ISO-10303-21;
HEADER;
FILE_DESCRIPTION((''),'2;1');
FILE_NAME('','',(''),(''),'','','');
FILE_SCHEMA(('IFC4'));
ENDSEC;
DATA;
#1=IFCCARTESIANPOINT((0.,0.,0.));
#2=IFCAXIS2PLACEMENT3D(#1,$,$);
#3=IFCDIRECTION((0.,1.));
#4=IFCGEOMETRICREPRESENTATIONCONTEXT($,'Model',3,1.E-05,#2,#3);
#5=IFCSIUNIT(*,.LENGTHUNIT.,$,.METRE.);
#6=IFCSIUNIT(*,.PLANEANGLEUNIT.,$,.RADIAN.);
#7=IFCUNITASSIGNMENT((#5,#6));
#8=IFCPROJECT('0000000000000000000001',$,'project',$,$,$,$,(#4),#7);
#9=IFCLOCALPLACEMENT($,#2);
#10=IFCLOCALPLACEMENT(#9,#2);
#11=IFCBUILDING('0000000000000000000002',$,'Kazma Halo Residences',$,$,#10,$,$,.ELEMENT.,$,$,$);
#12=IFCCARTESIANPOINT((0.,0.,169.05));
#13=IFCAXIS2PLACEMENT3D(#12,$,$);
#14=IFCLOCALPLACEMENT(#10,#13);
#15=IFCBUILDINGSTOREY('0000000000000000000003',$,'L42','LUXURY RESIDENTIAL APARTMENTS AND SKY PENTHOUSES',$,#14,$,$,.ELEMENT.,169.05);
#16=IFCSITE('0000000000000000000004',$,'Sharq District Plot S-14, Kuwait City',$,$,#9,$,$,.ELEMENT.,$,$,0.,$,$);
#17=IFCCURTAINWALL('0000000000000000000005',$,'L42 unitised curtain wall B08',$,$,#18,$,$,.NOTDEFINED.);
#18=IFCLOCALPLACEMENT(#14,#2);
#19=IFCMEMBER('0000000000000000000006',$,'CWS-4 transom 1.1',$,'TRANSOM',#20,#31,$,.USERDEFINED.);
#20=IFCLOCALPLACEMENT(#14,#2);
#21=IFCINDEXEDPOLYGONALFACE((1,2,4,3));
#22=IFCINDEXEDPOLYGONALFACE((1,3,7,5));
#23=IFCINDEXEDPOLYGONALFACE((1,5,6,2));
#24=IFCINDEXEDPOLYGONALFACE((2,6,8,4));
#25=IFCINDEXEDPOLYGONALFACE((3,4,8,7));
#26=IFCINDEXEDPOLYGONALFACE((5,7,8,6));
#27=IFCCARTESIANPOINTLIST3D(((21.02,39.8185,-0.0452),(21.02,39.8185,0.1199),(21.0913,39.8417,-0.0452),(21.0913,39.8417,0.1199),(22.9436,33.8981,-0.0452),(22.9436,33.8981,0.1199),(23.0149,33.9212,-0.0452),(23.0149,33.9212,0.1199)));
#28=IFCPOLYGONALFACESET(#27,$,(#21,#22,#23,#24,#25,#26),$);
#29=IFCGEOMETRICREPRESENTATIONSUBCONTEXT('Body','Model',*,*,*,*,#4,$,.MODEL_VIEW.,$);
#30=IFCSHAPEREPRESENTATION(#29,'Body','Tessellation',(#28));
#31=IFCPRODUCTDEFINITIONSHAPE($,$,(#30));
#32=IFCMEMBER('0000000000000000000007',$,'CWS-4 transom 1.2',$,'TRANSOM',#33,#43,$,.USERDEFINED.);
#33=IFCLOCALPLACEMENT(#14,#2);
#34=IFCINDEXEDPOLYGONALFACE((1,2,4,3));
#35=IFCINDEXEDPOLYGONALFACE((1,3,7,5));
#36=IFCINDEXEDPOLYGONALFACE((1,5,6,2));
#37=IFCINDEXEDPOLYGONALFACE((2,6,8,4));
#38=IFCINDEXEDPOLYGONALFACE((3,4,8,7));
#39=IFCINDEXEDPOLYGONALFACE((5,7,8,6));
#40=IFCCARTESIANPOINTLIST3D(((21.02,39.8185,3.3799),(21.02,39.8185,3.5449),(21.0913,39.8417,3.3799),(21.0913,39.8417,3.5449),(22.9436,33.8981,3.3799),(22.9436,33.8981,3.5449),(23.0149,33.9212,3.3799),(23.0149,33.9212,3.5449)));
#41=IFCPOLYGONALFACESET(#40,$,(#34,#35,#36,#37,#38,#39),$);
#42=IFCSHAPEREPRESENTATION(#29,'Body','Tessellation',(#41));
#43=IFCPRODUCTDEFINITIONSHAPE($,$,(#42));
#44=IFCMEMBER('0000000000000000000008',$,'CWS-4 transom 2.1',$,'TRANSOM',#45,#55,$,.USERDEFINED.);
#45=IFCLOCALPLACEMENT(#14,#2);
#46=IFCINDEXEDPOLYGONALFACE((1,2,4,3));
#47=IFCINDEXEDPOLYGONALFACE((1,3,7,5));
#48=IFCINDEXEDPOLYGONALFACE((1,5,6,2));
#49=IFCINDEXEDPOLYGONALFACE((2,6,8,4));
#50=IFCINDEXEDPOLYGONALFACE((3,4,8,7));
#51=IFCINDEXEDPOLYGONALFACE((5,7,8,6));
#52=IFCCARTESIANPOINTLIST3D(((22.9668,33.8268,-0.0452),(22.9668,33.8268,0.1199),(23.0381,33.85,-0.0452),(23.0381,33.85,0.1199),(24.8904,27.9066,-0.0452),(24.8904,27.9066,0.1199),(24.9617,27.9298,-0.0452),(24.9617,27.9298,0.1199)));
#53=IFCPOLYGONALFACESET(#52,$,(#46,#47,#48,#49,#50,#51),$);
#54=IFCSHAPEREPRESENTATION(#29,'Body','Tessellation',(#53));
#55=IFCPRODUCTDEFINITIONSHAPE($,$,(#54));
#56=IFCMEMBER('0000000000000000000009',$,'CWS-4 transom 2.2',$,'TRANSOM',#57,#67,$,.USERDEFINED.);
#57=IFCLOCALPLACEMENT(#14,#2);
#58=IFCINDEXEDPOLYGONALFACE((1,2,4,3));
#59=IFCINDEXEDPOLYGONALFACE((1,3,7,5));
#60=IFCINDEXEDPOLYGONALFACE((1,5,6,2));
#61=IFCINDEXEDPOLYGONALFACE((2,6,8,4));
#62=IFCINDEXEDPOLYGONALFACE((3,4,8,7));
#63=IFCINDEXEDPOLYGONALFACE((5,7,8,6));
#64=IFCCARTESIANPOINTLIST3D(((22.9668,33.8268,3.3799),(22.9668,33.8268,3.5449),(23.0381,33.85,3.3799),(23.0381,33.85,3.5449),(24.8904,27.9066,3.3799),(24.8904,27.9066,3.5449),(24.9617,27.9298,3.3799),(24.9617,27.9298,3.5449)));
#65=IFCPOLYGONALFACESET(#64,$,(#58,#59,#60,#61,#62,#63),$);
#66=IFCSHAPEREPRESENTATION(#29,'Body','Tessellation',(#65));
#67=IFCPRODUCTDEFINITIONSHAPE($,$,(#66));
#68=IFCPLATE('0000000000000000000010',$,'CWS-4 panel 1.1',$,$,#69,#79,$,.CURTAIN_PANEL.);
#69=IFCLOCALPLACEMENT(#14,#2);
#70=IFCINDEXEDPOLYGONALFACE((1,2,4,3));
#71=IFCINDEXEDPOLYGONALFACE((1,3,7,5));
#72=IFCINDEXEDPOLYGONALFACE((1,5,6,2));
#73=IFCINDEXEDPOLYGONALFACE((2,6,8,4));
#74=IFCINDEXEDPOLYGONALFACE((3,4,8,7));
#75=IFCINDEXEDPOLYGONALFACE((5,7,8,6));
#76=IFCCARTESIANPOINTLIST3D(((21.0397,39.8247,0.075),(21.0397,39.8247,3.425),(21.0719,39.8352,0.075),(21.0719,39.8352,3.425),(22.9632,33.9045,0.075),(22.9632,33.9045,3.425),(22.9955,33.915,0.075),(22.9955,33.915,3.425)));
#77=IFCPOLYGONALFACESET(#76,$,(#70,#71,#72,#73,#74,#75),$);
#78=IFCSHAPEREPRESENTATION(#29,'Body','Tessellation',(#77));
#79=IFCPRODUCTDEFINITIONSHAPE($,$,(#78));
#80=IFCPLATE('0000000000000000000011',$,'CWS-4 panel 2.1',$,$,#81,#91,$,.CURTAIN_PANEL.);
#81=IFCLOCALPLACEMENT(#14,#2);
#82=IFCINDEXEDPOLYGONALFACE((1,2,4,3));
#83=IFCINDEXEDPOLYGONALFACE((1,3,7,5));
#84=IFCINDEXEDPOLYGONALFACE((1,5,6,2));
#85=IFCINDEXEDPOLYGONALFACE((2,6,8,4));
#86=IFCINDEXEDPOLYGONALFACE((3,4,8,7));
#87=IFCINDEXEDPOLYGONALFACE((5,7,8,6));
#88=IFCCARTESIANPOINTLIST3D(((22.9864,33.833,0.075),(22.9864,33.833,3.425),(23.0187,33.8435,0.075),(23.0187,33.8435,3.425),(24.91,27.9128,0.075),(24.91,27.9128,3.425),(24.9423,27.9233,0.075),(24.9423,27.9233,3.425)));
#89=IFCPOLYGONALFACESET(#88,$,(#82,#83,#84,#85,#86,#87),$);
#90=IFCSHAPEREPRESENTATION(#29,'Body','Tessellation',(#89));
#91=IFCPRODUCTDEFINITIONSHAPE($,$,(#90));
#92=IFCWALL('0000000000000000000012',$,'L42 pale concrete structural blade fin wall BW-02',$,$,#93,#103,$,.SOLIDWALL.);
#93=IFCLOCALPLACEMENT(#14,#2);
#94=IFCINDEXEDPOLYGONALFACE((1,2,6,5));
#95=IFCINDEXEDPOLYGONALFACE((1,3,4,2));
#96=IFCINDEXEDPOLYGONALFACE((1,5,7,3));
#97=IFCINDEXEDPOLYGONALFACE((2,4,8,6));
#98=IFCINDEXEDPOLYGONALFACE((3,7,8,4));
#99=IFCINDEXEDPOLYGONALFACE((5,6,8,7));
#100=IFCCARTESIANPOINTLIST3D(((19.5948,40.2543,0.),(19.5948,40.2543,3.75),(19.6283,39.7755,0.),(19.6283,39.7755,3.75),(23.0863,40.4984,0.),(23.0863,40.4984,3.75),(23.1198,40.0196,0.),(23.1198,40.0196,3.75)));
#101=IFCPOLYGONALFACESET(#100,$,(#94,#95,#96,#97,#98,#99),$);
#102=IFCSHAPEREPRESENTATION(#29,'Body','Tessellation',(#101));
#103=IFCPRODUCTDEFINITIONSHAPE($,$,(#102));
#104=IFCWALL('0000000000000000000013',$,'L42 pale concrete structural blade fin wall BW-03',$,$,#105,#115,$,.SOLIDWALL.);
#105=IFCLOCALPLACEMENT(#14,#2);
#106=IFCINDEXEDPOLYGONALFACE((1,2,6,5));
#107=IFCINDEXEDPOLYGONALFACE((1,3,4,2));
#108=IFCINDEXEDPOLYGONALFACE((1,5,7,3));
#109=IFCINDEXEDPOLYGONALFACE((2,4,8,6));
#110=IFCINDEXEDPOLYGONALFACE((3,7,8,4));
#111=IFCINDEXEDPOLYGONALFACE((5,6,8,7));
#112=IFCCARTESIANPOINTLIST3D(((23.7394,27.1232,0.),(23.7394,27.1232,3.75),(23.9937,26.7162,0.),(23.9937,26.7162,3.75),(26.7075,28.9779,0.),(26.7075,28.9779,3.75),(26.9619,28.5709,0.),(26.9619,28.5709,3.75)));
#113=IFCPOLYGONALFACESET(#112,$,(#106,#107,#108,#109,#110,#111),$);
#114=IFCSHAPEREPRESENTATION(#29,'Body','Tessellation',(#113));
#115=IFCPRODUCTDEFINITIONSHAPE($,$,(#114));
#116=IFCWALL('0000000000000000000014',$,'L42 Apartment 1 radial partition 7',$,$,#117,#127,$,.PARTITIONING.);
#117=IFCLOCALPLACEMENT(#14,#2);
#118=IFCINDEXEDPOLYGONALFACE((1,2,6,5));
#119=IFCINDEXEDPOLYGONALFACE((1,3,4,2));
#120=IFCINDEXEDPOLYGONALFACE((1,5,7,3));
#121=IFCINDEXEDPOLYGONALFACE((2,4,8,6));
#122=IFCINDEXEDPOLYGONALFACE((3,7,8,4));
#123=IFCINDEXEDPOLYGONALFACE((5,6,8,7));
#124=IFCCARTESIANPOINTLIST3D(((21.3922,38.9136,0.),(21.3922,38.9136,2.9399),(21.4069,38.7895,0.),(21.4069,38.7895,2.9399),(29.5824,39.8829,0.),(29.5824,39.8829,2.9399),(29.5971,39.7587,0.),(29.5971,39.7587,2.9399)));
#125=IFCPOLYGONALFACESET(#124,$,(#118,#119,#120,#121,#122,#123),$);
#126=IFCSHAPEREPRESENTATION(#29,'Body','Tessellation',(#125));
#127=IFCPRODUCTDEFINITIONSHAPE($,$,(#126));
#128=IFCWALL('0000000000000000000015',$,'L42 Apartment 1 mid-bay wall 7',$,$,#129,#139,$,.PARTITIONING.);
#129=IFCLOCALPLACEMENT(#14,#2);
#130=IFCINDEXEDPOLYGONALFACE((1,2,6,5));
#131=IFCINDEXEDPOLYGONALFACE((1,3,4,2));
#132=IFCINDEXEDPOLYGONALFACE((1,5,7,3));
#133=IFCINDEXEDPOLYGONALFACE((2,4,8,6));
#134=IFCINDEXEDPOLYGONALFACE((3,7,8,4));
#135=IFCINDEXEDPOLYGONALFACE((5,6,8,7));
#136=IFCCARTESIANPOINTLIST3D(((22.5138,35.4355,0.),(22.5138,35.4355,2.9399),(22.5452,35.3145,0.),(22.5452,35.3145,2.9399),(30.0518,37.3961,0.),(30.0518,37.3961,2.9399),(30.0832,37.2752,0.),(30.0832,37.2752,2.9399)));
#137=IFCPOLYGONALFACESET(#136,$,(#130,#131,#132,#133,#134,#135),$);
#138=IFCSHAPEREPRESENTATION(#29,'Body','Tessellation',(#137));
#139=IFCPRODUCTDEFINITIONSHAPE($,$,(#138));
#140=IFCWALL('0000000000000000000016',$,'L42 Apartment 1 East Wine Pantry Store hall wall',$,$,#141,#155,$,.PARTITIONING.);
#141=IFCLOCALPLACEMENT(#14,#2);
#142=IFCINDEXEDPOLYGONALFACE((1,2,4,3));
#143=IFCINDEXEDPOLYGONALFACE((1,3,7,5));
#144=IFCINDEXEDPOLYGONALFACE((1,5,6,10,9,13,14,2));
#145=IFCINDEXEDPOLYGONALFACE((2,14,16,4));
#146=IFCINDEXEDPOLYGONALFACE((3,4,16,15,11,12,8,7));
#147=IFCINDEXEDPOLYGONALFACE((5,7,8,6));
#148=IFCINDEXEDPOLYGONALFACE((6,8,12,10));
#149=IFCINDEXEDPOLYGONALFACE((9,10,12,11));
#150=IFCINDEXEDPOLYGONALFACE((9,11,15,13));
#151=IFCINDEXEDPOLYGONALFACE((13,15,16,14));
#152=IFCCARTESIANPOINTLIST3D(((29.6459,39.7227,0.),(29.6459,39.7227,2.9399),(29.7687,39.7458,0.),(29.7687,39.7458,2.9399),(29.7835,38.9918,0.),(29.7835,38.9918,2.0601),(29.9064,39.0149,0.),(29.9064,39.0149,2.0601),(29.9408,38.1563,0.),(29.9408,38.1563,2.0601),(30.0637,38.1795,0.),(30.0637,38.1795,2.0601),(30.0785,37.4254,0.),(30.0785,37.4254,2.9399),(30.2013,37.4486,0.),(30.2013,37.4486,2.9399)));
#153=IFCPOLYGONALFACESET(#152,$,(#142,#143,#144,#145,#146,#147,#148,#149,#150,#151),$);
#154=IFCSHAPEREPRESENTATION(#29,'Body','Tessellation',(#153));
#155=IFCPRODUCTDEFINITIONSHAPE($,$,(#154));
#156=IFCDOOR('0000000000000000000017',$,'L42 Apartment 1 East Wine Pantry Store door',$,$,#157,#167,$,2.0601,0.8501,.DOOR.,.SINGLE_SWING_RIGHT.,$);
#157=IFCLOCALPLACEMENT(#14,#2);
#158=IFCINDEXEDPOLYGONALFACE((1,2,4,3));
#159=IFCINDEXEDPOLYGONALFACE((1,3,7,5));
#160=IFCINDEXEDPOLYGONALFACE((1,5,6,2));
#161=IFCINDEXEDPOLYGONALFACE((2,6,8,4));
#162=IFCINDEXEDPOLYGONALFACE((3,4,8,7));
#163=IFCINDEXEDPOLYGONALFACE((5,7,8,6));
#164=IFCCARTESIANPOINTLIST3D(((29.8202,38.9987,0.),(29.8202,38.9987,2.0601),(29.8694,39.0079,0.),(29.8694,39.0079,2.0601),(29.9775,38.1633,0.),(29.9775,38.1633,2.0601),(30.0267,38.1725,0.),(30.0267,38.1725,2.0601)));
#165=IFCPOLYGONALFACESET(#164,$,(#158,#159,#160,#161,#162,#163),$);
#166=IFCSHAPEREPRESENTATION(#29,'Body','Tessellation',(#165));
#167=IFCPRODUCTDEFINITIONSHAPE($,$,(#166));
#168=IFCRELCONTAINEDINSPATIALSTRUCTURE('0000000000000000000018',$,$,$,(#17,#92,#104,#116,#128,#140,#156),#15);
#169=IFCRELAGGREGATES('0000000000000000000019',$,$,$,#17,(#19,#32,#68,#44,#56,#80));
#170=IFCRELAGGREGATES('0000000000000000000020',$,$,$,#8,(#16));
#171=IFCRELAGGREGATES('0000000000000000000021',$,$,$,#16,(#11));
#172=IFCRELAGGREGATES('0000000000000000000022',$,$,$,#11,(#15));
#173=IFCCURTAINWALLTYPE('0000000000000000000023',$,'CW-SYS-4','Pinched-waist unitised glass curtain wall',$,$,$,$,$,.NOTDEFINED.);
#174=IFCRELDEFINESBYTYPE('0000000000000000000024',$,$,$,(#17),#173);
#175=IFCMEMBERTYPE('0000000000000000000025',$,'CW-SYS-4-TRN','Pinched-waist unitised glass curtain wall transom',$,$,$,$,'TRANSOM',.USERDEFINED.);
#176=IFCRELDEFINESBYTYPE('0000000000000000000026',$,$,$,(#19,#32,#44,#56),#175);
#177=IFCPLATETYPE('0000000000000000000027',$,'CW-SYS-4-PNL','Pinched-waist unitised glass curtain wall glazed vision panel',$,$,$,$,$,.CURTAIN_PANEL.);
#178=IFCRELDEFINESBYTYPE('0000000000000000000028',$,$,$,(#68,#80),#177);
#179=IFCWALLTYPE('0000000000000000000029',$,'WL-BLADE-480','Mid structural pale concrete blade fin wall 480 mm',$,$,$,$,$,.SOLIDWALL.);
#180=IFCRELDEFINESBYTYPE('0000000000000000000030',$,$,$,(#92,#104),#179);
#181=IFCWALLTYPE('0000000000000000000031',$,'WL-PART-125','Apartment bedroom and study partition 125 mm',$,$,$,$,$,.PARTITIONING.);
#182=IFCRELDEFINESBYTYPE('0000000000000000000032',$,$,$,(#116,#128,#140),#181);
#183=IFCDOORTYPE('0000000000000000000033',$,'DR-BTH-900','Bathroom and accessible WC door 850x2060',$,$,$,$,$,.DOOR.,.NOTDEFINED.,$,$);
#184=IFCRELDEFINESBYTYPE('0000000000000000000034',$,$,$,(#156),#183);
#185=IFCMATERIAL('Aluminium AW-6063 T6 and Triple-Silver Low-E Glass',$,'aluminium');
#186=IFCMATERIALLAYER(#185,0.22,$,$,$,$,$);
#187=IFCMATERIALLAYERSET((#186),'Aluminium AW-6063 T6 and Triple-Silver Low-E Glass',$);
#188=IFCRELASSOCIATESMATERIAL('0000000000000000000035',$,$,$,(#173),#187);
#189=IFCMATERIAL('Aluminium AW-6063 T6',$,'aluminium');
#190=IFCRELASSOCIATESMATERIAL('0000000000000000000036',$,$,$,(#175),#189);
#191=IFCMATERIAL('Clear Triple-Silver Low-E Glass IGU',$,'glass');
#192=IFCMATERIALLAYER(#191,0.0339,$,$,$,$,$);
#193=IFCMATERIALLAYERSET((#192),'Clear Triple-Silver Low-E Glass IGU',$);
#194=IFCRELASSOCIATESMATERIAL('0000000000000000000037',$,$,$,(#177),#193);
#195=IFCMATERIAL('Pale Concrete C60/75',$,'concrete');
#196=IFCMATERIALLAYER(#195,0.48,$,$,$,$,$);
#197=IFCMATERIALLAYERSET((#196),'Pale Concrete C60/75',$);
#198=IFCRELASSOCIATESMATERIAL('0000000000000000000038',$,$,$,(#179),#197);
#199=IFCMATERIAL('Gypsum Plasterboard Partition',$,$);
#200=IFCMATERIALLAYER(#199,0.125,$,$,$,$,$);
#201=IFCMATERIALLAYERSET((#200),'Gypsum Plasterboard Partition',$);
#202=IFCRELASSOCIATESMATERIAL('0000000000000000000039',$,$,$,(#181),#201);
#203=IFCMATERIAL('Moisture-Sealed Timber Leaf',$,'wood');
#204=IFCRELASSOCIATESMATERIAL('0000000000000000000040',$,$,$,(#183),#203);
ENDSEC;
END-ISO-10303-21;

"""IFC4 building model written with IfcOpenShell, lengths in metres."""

from ifc_helpers import new_model, si_unit, direction, frame, frame_2d, origin, origin_2d, place, context, subcontext, project, spatial, rectangle, extrude, material, layer, layer_set, material_profile, profile_set, type_object, element, fill, aggregate, save


model = new_model("IFC4")

# Units and contexts
model_context = context("Model", 3, precision=1e-05, world=origin(), true_north=direction((0.0, 1.0)))
body_context = subcontext(model_context, "Body", "Model", "MODEL_VIEW")
ifc_project = project(units=[si_unit("LENGTHUNIT", "METRE"), si_unit("PLANEANGLEUNIT", "RADIAN")], contexts=[model_context])

# Site, building, storey
site_placement = place(None, origin())
site = spatial("IfcSite", under=ifc_project, at=site_placement, Name="Sharq District Plot S-14, Kuwait City", CompositionType="ELEMENT", RefElevation=0.0)
building_placement = place(site_placement, origin())
building = spatial("IfcBuilding", under=site, at=building_placement, Name="Kazma Halo Residences", CompositionType="ELEMENT")
storey_placement = place(building_placement, frame((0.0, 0.0, 169.05)))
storey = spatial("IfcBuildingStorey", under=building, at=storey_placement, Name="L42", Description="LUXURY RESIDENTIAL APARTMENTS AND SKY PENTHOUSES", CompositionType="ELEMENT", Elevation=169.05)

# Shared definitions
ifc_material_1 = material(Name="Aluminium AW-6063 T6 and Triple-Silver Low-E Glass", Category="aluminium")
ifc_layer_1 = layer(ifc_material_1, 0.22)
ifc_layer_set_1 = layer_set([ifc_layer_1], Name="Aluminium AW-6063 T6 and Triple-Silver Low-E Glass")
curtain_wall_type = type_object("IfcCurtainWallType", Name="CW-SYS-4", Description="Pinched-waist unitised glass curtain wall", PredefinedType="NOTDEFINED", material=ifc_layer_set_1)
ifc_material_2 = material(Name="Aluminium AW-6063 T6", Category="aluminium")

# Curtain wall, members, plates
curtain_wall_1_placement = place(storey_placement, origin())
curtain_wall_1 = element("IfcCurtainWall", 1, at=curtain_wall_1_placement, inside=storey, type_object=curtain_wall_type, Name="L42 unitised curtain wall B08", PredefinedType="NOTDEFINED")
ifc_material_profile_1 = material_profile(ifc_material_2, rectangle(XDim=0.075, YDim=0.165, at=origin_2d()), Name="CWT-75x165")
ifc_profile_set_1 = profile_set([ifc_material_profile_1], Name="Aluminium AW-6063 T6")
member_type_1 = type_object("IfcMemberType", Name="CW-SYS-4-TRN", Description="Pinched-waist unitised glass curtain wall transom", ElementType="TRANSOM", PredefinedType="USERDEFINED", material=ifc_profile_set_1)
member_1_placement = place(storey_placement, frame((21.0557, 39.8301, 0.0374), z_axis=(0.309006, -0.95106, 0.0), x_axis=(0.95106, 0.309006, 0.0)))
member_1 = element("IfcMember", 2, at=member_1_placement, type_object=member_type_1, Name="CWS-4 transom 1.1", ObjectType="TRANSOM", PredefinedType="USERDEFINED", context=body_context, shape_type="SweptSolid", body=[
    extrude(rectangle(XDim=0.075, YDim=0.165, at=origin_2d()), origin(), (0.0, 0.0, 1.0), 6.2251),
])
member_2_placement = place(storey_placement, frame((21.0557, 39.8301, 3.4624), z_axis=(0.309006, -0.95106, 0.0), x_axis=(0.95106, 0.309006, 0.0)))
member_2 = element("IfcMember", 3, at=member_2_placement, type_object=member_type_1, Name="CWS-4 transom 1.2", ObjectType="TRANSOM", PredefinedType="USERDEFINED", context=body_context, shape_type="SweptSolid", body=[
    extrude(rectangle(XDim=0.075, YDim=0.165, at=origin_2d()), origin(), (0.0, 0.0, 1.0), 6.2251),
])
member_3_placement = place(storey_placement, frame((23.0024, 33.8384, 0.0374), z_axis=(0.309018, -0.951056, 0.0), x_axis=(0.951056, 0.309018, 0.0)))
member_3 = element("IfcMember", 4, at=member_3_placement, type_object=member_type_1, Name="CWS-4 transom 2.1", ObjectType="TRANSOM", PredefinedType="USERDEFINED", context=body_context, shape_type="SweptSolid", body=[
    extrude(rectangle(XDim=0.075, YDim=0.165, at=origin_2d()), origin(), (0.0, 0.0, 1.0), 6.2249),
])
member_4_placement = place(storey_placement, frame((23.0024, 33.8384, 3.4624), z_axis=(0.309018, -0.951056, 0.0), x_axis=(0.951056, 0.309018, 0.0)))
member_4 = element("IfcMember", 5, at=member_4_placement, type_object=member_type_1, Name="CWS-4 transom 2.2", ObjectType="TRANSOM", PredefinedType="USERDEFINED", context=body_context, shape_type="SweptSolid", body=[
    extrude(rectangle(XDim=0.075, YDim=0.165, at=origin_2d()), origin(), (0.0, 0.0, 1.0), 6.2249),
])
ifc_material_3 = material(Name="Clear Triple-Silver Low-E Glass IGU", Category="glass")
ifc_layer_2 = layer(ifc_material_3, 0.0339)
ifc_layer_set_2 = layer_set([ifc_layer_2], Name="Clear Triple-Silver Low-E Glass IGU")
plate_type = type_object("IfcPlateType", Name="CW-SYS-4-PNL", Description="Pinched-waist unitised glass curtain wall glazed vision panel", PredefinedType="CURTAIN_PANEL", material=ifc_layer_set_2)
plate_1_placement = place(storey_placement, frame((22.0176, 36.8699, 0.075), z_axis=(0.0, 0.0, 1.0), x_axis=(0.309014, -0.951058, 0.0)))
plate_1 = element("IfcPlate", 6, at=plate_1_placement, type_object=plate_type, Name="CWS-4 panel 1.1", PredefinedType="CURTAIN_PANEL", context=body_context, shape_type="SweptSolid", body=[
    extrude(rectangle(XDim=6.2249, YDim=0.0339, at=origin_2d()), origin(), (0.0, 0.0, 1.0), 3.3501),
])
plate_2_placement = place(storey_placement, frame((23.9644, 30.8782, 0.075), z_axis=(0.0, 0.0, 1.0), x_axis=(0.309014, -0.951058, 0.0)))
plate_2 = element("IfcPlate", 7, at=plate_2_placement, type_object=plate_type, Name="CWS-4 panel 2.1", PredefinedType="CURTAIN_PANEL", context=body_context, shape_type="SweptSolid", body=[
    extrude(rectangle(XDim=6.2249, YDim=0.0339, at=origin_2d()), origin(), (0.0, 0.0, 1.0), 3.3501),
])
aggregate(curtain_wall_1, [member_1, member_2, plate_1, member_3, member_4, plate_2])

# Walls
ifc_material_4 = material(Name="Pale Concrete C60/75", Category="concrete")
ifc_layer_3 = layer(ifc_material_4, 0.48)
ifc_layer_set_3 = layer_set([ifc_layer_3], Name="Pale Concrete C60/75")
wall_type_1 = type_object("IfcWallType", Name="WL-BLADE-480", Description="Mid structural pale concrete blade fin wall 480 mm", PredefinedType="SOLIDWALL", material=ifc_layer_set_3)
for number, where, z_axis, x_axis, name in (
    (8, (23.103, 40.259, 0.0), (0.0, 0.0, 1.0), (-0.997564, -0.069755, 0.0), "L42 pale concrete structural blade fin wall BW-02"),
    (9, (26.8347, 28.7744, 0.0), (0.0, 0.0, 1.0), (-0.848053, -0.529911, 0.0), "L42 pale concrete structural blade fin wall BW-03"),
):
    element("IfcWall", number, at=place(storey_placement, frame(where, z_axis=z_axis, x_axis=x_axis)), inside=storey, type_object=wall_type_1, Name=name, PredefinedType="SOLIDWALL", context=body_context, shape_type="SweptSolid", body=[
        extrude(rectangle(XDim=3.5, YDim=0.48, at=frame_2d((1.75, 0.0))), origin(), (0.0, 0.0, 1.0), 3.75),
    ])
ifc_material_5 = material(Name="Gypsum Plasterboard Partition")
ifc_layer_4 = layer(ifc_material_5, 0.125)
ifc_layer_set_4 = layer_set([ifc_layer_4], Name="Gypsum Plasterboard Partition")
wall_type_2 = type_object("IfcWallType", Name="WL-PART-125", Description="Apartment bedroom and study partition 125 mm", PredefinedType="PARTITIONING", material=ifc_layer_set_4)
wall_1_placement = place(storey_placement, frame((29.5896, 39.8208, 0.0), z_axis=(0.0, 0.0, 1.0), x_axis=(-0.99307, -0.117521, 0.0)))
element("IfcWall", 10, at=wall_1_placement, inside=storey, type_object=wall_type_2, Name="L42 Apartment 1 radial partition 7", PredefinedType="PARTITIONING", context=body_context, shape_type="SweptSolid", body=[
    extrude(rectangle(XDim=8.2473, YDim=0.125, at=frame_2d((4.1235, 0.0))), origin(), (0.0, 0.0, 1.0), 2.9399),
])
wall_2_placement = place(storey_placement, frame((30.0676, 37.3357, 0.0), z_axis=(0.0, 0.0, 1.0), x_axis=(-0.967798, -0.251729, 0.0)))
element("IfcWall", 11, at=wall_2_placement, inside=storey, type_object=wall_type_2, Name="L42 Apartment 1 mid-bay wall 7", PredefinedType="PARTITIONING", context=body_context, shape_type="SweptSolid", body=[
    extrude(rectangle(XDim=7.7888, YDim=0.125, at=frame_2d((3.8945, 0.0))), origin(), (0.0, 0.0, 1.0), 2.9399),
])

# Wall, opening, door
wall_3_placement = place(storey_placement, frame((29.7073, 39.7344, 0.0), z_axis=(0.0, 0.0, 1.0), x_axis=(0.185058, -0.982728, 0.0)))
wall_3 = element("IfcWall", 12, at=wall_3_placement, inside=storey, type_object=wall_type_2, Name="L42 Apartment 1 East Wine Pantry Store hall wall", PredefinedType="PARTITIONING", context=body_context, shape_type="SweptSolid", body=[
    extrude(rectangle(XDim=2.3376, YDim=0.125, at=frame_2d((1.1689, 0.0))), origin(), (0.0, 0.0, 1.0), 2.9399),
])
opening_1_placement = place(wall_3_placement, frame((0.7439, 0.0, 0.0)))
opening_1 = element("IfcOpeningElement", 13, at=opening_1_placement, cuts=wall_3, PredefinedType="OPENING", context=body_context, shape_type="SweptSolid", body=[
    extrude(rectangle(XDim=0.8501, YDim=2.0601, at=frame_2d((0.425, 1.03))), frame((0.0, 0.0725, 0.0), z_axis=(0.0, -1.0, 0.0), x_axis=(1.0, 0.0, 0.0)), (0.0, 0.0, 1.0), 0.145),
])
ifc_material_6 = material(Name="Moisture-Sealed Timber Leaf", Category="wood")
door_type_1 = type_object("IfcDoorType", Name="DR-BTH-900", Description="Bathroom and accessible WC door 850x2060", OperationType="NOTDEFINED", PredefinedType="DOOR", material=ifc_material_6)
door_1_placement = place(opening_1_placement, origin())
door_1 = element("IfcDoor", 14, at=door_1_placement, inside=storey, type_object=door_type_1, Name="L42 Apartment 1 East Wine Pantry Store door", OperationType="SINGLE_SWING_RIGHT", OverallHeight=2.0601, OverallWidth=0.8501, PredefinedType="DOOR", context=body_context, shape_type="SweptSolid", body=[
    extrude(rectangle(XDim=0.8501, YDim=2.0601, at=frame_2d((0.425, 1.03))), frame((0.0, 0.0249, 0.0), z_axis=(0.0, -1.0, 0.0), x_axis=(1.0, 0.0, 0.0)), (0.0, 0.0, 1.0), 0.05),
])
fill(opening_1, door_1)

save(model, "model.ifc")
